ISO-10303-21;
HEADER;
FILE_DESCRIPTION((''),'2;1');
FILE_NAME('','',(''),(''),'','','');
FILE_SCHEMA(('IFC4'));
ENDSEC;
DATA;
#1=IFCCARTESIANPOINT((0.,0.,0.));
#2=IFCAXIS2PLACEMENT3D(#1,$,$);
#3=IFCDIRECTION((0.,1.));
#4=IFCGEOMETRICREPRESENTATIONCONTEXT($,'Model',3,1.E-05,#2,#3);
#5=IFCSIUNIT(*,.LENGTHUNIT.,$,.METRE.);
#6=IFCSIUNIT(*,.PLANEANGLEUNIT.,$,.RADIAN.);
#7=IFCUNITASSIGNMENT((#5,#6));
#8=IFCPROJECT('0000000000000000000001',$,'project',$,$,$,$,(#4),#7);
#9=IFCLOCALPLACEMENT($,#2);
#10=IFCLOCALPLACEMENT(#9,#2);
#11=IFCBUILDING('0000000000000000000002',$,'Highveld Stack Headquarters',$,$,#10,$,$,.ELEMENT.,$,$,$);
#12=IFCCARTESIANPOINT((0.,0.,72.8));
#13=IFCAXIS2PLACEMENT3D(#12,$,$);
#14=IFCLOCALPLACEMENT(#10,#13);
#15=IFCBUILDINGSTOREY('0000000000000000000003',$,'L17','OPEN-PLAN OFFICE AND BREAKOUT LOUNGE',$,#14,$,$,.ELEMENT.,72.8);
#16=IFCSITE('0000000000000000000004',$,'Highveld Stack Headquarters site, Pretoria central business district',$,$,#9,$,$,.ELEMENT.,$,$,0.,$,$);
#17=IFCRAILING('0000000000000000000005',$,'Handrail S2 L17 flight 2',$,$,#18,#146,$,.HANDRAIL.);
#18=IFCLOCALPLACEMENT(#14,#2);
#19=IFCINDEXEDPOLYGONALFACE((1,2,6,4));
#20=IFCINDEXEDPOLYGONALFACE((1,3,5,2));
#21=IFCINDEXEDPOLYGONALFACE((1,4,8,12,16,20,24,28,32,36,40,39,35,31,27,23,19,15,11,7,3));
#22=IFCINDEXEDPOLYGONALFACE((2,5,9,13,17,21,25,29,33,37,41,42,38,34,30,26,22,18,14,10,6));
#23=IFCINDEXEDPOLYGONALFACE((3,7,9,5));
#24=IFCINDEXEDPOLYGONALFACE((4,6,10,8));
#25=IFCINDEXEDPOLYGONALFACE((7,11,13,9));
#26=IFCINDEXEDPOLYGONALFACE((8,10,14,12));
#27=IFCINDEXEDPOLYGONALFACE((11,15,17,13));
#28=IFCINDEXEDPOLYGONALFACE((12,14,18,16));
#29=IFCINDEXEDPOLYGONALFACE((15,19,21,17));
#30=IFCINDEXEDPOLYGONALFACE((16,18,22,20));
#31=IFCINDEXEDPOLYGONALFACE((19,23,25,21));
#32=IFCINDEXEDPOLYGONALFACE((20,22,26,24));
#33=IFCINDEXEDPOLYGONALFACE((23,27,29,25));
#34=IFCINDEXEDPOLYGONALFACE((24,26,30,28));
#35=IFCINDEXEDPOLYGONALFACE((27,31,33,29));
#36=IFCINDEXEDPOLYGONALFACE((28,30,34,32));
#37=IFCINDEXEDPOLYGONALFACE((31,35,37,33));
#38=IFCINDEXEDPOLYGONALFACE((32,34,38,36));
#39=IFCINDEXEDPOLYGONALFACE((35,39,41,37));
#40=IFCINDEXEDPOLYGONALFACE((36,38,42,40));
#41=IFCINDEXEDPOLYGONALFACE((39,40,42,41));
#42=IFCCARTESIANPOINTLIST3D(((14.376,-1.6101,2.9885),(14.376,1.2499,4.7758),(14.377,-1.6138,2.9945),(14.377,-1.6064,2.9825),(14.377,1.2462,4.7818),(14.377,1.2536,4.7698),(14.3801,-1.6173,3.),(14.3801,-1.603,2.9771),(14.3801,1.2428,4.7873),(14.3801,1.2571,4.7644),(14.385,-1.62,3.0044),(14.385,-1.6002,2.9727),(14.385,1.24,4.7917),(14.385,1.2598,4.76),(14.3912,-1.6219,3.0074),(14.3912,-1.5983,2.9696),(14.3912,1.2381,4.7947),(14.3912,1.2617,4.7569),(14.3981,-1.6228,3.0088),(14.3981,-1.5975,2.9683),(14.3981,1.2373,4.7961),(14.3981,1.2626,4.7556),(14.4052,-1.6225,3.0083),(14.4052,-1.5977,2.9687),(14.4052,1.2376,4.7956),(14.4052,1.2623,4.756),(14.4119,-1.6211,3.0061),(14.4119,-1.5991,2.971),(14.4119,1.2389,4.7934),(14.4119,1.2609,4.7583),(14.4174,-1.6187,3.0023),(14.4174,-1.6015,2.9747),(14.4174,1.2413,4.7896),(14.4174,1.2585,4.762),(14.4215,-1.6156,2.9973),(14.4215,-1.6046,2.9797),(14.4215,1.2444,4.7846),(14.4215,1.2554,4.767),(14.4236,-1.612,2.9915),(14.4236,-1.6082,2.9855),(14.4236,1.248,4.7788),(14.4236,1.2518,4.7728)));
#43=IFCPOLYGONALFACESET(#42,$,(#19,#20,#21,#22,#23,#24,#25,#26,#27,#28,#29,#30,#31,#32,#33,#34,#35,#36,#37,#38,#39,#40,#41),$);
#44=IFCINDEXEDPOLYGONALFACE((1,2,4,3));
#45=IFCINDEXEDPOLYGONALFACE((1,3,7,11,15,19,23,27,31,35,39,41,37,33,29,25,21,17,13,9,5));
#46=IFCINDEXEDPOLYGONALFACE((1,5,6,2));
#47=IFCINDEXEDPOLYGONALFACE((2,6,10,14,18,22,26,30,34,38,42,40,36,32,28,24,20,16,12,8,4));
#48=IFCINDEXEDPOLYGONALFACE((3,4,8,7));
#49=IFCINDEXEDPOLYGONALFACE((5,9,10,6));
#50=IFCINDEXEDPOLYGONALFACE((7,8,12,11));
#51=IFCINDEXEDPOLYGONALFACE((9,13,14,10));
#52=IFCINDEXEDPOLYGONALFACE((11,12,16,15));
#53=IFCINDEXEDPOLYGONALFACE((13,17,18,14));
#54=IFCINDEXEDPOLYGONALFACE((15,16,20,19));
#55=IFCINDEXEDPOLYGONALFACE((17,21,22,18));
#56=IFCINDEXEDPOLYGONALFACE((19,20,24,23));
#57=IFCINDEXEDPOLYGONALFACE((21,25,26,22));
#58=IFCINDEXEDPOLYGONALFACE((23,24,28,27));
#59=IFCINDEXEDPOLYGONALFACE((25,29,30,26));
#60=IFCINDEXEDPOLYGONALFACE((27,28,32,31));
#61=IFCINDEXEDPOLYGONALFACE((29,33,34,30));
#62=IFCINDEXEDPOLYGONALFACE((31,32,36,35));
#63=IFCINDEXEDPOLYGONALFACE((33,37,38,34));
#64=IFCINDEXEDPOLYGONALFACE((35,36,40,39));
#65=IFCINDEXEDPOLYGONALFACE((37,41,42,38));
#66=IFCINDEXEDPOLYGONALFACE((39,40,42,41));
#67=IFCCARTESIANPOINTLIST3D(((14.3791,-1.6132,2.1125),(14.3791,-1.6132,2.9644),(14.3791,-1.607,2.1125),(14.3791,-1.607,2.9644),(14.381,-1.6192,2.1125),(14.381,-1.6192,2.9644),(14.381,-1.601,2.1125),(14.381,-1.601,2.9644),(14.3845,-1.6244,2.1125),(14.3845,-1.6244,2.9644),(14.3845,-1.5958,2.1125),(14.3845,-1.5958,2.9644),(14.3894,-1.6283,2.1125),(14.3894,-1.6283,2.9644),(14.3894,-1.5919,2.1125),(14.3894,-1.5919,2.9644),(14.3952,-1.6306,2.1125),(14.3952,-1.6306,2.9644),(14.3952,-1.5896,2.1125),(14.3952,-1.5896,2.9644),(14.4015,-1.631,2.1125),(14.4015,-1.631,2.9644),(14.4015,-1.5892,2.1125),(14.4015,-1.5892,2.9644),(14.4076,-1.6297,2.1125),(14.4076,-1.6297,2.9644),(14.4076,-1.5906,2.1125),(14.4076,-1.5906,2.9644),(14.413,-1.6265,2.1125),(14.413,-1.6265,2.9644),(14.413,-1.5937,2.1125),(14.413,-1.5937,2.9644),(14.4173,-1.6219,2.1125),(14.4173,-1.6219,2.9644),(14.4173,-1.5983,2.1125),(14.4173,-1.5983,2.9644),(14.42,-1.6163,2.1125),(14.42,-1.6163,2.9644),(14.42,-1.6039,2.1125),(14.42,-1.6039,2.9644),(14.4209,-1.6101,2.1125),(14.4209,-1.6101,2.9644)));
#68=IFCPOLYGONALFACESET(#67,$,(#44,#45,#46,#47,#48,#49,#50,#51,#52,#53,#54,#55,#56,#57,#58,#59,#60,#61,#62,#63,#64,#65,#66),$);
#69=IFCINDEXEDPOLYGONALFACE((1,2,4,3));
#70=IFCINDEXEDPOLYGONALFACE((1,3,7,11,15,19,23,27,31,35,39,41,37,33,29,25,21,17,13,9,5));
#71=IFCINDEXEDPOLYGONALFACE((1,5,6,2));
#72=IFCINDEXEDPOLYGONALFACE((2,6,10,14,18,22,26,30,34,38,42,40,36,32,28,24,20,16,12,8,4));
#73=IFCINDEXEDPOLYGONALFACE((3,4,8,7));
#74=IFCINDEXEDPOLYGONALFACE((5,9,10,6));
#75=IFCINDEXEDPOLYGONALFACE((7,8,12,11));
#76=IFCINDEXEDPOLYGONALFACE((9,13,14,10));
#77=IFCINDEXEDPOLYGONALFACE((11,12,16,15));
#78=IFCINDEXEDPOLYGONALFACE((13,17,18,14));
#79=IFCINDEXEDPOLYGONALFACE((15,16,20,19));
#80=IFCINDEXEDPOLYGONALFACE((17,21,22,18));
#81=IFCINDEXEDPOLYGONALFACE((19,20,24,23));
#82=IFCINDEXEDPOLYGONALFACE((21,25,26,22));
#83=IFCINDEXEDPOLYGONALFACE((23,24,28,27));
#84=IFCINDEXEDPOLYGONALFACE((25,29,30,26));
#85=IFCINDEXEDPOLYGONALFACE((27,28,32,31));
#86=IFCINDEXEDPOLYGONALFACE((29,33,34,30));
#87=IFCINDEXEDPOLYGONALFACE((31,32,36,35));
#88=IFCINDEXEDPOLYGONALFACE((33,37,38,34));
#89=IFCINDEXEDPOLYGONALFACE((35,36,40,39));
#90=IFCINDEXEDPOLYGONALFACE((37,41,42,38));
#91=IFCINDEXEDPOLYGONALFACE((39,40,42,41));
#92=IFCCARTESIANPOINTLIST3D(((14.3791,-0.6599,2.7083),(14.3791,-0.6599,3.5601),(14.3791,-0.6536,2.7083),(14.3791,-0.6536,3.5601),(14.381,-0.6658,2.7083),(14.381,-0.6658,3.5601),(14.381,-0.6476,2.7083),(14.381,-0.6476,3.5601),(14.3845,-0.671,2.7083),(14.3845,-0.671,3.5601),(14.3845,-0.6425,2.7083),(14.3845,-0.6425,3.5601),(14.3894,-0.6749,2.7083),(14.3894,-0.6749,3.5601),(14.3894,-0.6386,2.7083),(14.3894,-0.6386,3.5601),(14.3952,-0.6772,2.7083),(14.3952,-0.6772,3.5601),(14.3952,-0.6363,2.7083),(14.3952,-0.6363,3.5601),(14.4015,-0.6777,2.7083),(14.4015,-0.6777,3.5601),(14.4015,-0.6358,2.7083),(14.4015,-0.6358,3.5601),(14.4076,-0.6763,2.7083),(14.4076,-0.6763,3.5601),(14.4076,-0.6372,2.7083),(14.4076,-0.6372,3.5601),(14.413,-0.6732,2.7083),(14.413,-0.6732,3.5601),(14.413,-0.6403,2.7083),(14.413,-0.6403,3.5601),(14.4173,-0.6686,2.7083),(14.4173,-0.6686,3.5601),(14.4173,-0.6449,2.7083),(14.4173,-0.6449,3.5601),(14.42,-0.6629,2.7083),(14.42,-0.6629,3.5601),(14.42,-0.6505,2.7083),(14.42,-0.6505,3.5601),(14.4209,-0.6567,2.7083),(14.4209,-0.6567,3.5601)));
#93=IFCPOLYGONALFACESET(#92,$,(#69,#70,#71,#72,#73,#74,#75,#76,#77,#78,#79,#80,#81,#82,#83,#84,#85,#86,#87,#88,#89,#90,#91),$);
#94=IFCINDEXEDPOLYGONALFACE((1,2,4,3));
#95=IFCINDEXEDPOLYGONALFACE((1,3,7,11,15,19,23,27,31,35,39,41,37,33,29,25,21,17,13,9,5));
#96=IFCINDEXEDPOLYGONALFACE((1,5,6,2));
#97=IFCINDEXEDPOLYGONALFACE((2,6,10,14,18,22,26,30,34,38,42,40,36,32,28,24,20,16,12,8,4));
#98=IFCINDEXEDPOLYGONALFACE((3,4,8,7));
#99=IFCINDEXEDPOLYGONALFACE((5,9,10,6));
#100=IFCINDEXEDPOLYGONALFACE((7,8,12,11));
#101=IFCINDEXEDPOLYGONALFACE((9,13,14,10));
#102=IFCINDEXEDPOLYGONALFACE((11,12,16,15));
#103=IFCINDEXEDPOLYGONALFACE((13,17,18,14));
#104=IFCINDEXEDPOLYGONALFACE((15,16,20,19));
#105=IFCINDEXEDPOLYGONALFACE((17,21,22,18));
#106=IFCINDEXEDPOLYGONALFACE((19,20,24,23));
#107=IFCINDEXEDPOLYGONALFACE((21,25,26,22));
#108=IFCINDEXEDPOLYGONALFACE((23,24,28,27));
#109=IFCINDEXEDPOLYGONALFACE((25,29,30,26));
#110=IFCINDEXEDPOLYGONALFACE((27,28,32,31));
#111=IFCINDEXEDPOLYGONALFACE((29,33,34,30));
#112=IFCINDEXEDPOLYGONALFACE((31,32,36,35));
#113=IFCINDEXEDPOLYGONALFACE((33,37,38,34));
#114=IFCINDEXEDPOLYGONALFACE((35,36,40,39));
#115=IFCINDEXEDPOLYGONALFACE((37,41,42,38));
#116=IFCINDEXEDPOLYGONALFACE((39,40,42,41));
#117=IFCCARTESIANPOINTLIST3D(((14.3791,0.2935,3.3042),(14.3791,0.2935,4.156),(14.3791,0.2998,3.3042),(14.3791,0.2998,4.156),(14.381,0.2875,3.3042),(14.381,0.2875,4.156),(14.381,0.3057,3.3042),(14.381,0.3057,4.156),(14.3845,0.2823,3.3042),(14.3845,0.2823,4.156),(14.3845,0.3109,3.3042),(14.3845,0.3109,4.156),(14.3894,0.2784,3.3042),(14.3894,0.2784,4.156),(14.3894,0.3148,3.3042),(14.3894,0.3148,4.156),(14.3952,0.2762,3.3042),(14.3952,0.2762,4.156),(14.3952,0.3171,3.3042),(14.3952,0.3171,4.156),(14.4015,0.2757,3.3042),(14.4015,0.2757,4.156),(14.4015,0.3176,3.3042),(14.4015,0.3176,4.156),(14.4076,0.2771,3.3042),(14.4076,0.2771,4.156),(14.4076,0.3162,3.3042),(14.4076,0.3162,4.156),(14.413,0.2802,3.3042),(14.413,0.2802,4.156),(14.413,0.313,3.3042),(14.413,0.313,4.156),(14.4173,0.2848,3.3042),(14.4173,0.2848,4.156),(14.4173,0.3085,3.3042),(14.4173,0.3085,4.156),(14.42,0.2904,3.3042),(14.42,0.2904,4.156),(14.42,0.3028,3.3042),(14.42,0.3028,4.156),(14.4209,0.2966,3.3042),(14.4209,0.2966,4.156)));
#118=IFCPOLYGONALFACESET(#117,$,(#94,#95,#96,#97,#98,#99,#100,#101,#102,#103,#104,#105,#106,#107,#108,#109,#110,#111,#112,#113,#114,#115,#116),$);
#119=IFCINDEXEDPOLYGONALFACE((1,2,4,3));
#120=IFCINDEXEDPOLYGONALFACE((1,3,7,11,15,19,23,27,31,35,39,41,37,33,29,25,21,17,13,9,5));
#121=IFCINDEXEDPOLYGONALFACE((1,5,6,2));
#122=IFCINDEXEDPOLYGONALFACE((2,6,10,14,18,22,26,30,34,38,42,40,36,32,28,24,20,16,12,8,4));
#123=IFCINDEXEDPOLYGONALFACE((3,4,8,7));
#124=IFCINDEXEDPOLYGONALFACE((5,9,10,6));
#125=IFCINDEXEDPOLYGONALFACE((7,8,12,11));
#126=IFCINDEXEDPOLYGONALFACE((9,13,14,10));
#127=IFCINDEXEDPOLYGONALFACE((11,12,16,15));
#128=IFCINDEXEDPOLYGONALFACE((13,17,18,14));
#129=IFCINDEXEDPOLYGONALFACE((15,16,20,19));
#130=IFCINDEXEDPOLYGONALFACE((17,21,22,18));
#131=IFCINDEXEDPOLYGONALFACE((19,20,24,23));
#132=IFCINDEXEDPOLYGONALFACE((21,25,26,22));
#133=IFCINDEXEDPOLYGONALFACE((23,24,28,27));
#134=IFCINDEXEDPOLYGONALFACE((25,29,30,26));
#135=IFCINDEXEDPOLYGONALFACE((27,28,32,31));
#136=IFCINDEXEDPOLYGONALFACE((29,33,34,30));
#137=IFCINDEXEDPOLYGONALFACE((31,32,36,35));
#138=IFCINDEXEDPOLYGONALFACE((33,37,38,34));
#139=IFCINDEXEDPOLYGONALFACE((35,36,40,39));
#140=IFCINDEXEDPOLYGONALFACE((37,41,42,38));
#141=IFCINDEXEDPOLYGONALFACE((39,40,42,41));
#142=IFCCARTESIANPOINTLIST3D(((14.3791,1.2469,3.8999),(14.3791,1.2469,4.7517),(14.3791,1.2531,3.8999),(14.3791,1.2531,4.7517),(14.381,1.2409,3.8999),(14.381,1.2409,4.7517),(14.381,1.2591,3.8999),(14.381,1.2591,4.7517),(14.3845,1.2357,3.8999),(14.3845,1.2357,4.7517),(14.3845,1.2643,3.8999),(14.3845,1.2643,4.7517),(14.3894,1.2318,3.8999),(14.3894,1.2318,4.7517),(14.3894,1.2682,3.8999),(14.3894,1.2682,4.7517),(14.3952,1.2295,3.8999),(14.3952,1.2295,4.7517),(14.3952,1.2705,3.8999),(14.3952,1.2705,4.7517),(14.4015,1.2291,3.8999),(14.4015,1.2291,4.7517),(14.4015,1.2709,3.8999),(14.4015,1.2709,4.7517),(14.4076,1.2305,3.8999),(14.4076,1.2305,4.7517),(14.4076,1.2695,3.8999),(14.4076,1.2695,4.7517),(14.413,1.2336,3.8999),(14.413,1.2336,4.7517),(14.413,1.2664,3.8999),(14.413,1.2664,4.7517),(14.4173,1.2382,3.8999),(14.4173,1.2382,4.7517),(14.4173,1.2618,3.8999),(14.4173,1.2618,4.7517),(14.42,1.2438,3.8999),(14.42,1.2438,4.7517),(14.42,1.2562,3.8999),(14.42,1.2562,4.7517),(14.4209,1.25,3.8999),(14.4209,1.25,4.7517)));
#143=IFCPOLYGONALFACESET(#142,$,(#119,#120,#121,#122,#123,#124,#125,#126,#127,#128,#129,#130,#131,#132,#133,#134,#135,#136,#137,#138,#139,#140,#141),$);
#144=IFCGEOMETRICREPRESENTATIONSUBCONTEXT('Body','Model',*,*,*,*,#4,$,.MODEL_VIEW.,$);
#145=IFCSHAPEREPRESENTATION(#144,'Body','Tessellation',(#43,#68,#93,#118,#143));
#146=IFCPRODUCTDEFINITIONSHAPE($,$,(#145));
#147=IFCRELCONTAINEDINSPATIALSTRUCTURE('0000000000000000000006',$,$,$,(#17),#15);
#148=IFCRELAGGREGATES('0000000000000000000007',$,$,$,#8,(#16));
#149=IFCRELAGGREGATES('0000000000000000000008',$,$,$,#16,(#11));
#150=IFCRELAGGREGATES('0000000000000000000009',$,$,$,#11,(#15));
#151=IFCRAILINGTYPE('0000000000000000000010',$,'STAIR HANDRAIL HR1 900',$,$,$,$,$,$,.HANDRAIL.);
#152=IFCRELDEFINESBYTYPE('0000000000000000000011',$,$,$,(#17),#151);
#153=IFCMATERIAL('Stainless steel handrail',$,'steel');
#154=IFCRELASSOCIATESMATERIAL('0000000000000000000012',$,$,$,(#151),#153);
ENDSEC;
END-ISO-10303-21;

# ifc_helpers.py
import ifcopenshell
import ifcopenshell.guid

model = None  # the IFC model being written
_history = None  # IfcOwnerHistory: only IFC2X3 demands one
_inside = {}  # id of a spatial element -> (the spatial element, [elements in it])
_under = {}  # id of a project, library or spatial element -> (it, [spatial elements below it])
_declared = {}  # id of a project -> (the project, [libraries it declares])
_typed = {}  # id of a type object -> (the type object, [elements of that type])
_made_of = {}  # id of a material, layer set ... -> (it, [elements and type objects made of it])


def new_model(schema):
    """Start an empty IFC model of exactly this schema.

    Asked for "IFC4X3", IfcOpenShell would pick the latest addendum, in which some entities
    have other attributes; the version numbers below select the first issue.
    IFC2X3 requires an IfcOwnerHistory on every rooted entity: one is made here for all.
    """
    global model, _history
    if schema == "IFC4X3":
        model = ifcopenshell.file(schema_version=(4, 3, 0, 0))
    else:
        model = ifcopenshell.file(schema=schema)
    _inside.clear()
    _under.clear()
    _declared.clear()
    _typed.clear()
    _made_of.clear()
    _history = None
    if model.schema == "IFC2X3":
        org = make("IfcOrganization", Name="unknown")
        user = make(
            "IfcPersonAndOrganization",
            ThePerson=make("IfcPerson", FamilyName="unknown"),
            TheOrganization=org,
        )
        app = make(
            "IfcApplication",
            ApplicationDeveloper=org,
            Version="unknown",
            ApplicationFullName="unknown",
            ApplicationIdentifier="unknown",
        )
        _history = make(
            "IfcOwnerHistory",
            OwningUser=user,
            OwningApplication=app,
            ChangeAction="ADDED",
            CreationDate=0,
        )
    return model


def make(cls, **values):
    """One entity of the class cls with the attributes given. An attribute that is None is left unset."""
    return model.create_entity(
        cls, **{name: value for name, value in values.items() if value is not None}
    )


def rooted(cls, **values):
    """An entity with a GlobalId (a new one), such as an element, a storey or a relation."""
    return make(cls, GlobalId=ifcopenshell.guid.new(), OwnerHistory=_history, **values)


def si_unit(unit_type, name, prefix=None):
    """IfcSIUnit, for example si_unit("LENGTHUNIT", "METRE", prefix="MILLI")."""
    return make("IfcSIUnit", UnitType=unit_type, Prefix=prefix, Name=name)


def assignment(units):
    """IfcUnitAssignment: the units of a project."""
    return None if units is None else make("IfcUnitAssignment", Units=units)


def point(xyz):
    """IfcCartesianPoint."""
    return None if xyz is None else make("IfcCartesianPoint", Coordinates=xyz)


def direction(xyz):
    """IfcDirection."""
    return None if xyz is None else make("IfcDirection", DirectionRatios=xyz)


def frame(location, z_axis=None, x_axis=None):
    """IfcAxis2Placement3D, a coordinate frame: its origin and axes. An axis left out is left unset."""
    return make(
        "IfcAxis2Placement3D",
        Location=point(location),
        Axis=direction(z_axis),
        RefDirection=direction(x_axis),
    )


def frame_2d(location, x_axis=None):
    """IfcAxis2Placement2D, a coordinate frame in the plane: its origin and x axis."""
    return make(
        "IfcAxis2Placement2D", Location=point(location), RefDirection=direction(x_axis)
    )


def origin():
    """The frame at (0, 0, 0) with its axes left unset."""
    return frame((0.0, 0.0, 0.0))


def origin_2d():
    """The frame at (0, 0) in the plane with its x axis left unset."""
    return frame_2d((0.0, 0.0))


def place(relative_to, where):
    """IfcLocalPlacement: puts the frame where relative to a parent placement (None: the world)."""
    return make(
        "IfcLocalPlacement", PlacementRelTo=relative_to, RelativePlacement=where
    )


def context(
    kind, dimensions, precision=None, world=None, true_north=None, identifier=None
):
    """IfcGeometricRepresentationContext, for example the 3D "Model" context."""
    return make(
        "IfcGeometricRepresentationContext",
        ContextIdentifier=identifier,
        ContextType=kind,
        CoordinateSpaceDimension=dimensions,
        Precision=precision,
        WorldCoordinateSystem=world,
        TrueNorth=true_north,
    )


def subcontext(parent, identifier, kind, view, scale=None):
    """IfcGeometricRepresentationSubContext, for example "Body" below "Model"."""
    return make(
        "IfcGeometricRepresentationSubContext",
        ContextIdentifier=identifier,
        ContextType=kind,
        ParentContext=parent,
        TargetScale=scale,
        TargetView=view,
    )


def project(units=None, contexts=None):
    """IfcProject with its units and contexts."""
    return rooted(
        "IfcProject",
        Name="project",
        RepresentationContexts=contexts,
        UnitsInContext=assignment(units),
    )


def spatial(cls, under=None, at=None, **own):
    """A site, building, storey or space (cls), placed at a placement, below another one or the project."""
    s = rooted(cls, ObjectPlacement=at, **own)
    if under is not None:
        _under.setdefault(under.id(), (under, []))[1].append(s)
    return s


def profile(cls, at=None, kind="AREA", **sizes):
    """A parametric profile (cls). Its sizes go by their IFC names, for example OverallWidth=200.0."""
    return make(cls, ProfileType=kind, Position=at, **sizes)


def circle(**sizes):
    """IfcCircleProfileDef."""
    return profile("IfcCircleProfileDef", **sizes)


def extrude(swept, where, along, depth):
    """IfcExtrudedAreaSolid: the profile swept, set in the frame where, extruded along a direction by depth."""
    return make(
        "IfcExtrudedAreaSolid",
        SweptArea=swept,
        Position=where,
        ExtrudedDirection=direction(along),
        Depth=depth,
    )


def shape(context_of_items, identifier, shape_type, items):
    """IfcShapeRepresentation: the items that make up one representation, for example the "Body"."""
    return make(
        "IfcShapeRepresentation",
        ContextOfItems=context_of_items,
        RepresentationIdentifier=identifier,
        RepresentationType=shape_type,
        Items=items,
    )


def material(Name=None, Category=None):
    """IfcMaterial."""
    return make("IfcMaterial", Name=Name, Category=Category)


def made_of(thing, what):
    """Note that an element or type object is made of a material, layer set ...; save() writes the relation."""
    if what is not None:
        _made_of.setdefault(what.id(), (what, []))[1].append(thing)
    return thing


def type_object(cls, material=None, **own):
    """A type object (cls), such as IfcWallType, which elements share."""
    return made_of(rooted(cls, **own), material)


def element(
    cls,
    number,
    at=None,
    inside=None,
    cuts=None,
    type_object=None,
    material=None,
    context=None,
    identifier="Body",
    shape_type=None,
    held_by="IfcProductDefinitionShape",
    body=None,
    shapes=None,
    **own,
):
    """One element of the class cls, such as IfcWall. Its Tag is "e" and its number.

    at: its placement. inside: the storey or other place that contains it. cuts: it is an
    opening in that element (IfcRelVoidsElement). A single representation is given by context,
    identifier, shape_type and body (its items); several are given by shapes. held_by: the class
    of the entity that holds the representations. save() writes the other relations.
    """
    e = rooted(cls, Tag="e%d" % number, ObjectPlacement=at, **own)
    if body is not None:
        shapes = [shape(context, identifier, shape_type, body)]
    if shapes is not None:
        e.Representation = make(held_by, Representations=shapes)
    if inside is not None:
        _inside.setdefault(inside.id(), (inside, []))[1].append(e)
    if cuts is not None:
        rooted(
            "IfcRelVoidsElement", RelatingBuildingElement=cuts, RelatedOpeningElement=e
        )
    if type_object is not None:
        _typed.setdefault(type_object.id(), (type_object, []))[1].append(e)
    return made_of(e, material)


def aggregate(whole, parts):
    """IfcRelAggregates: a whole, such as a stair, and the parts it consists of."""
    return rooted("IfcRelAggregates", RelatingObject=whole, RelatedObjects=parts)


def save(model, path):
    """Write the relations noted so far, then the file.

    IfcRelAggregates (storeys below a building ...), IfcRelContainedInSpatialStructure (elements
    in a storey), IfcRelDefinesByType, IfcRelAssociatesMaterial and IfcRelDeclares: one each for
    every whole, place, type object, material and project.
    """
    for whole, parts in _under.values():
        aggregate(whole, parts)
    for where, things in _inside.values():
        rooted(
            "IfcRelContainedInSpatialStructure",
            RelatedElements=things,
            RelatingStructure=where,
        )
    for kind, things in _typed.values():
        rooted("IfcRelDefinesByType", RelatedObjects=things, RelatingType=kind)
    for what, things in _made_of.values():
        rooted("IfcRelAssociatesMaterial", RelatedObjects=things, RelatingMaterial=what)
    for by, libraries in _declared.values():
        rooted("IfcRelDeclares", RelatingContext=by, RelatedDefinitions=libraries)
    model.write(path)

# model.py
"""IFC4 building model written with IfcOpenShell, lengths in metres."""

from ifc_helpers import new_model, si_unit, direction, frame, origin, origin_2d, place, context, subcontext, project, spatial, circle, extrude, material, type_object, element, save


model = new_model("IFC4")

# Units and contexts
model_context = context("Model", 3, precision=1e-05, world=origin(), true_north=direction((0.0, 1.0)))
body_context = subcontext(model_context, "Body", "Model", "MODEL_VIEW")
ifc_project = project(units=[si_unit("LENGTHUNIT", "METRE"), si_unit("PLANEANGLEUNIT", "RADIAN")], contexts=[model_context])

# Site, building, storey
site_placement = place(None, origin())
site = spatial("IfcSite", under=ifc_project, at=site_placement, Name="Highveld Stack Headquarters site, Pretoria central business district", CompositionType="ELEMENT", RefElevation=0.0)
building_placement = place(site_placement, origin())
building = spatial("IfcBuilding", under=site, at=building_placement, Name="Highveld Stack Headquarters", CompositionType="ELEMENT")
storey_placement = place(building_placement, frame((0.0, 0.0, 72.8)))
storey = spatial("IfcBuildingStorey", under=building, at=storey_placement, Name="L17", Description="OPEN-PLAN OFFICE AND BREAKOUT LOUNGE", CompositionType="ELEMENT", Elevation=72.8)

# Railing
ifc_material_1 = material(Name="Stainless steel handrail", Category="steel")
railing_type = type_object("IfcRailingType", Name="STAIR HANDRAIL HR1 900", PredefinedType="HANDRAIL", material=ifc_material_1)
for number, where, name in (
    (1, (14.3999, -1.6101, 2.1125), "Handrail S2 L17 flight 2"),
):
    element("IfcRailing", number, at=place(storey_placement, frame(where)), inside=storey, type_object=railing_type, Name=name, PredefinedType="HANDRAIL", context=body_context, shape_type="SweptSolid", body=[
        extrude(circle(Radius=0.0239, at=origin_2d()), frame((0.0, 0.0, 0.876), z_axis=(0.0, 0.848027, 0.529953), x_axis=(-1.0, 0.0, 0.0)), (0.0, 0.0, 1.0), 3.3726),
        extrude(circle(Radius=0.021, at=origin_2d()), origin(), (0.0, 0.0, 1.0), 0.8518),
        extrude(circle(Radius=0.021, at=origin_2d()), frame((0.0, 0.9534, 0.5957)), (0.0, 0.0, 1.0), 0.8518),
        extrude(circle(Radius=0.021, at=origin_2d()), frame((0.0, 1.9067, 1.1917)), (0.0, 0.0, 1.0), 0.8518),
        extrude(circle(Radius=0.021, at=origin_2d()), frame((0.0, 2.8601, 1.7874)), (0.0, 0.0, 1.0), 0.8518),
    ])

save(model, "model.ifc")
